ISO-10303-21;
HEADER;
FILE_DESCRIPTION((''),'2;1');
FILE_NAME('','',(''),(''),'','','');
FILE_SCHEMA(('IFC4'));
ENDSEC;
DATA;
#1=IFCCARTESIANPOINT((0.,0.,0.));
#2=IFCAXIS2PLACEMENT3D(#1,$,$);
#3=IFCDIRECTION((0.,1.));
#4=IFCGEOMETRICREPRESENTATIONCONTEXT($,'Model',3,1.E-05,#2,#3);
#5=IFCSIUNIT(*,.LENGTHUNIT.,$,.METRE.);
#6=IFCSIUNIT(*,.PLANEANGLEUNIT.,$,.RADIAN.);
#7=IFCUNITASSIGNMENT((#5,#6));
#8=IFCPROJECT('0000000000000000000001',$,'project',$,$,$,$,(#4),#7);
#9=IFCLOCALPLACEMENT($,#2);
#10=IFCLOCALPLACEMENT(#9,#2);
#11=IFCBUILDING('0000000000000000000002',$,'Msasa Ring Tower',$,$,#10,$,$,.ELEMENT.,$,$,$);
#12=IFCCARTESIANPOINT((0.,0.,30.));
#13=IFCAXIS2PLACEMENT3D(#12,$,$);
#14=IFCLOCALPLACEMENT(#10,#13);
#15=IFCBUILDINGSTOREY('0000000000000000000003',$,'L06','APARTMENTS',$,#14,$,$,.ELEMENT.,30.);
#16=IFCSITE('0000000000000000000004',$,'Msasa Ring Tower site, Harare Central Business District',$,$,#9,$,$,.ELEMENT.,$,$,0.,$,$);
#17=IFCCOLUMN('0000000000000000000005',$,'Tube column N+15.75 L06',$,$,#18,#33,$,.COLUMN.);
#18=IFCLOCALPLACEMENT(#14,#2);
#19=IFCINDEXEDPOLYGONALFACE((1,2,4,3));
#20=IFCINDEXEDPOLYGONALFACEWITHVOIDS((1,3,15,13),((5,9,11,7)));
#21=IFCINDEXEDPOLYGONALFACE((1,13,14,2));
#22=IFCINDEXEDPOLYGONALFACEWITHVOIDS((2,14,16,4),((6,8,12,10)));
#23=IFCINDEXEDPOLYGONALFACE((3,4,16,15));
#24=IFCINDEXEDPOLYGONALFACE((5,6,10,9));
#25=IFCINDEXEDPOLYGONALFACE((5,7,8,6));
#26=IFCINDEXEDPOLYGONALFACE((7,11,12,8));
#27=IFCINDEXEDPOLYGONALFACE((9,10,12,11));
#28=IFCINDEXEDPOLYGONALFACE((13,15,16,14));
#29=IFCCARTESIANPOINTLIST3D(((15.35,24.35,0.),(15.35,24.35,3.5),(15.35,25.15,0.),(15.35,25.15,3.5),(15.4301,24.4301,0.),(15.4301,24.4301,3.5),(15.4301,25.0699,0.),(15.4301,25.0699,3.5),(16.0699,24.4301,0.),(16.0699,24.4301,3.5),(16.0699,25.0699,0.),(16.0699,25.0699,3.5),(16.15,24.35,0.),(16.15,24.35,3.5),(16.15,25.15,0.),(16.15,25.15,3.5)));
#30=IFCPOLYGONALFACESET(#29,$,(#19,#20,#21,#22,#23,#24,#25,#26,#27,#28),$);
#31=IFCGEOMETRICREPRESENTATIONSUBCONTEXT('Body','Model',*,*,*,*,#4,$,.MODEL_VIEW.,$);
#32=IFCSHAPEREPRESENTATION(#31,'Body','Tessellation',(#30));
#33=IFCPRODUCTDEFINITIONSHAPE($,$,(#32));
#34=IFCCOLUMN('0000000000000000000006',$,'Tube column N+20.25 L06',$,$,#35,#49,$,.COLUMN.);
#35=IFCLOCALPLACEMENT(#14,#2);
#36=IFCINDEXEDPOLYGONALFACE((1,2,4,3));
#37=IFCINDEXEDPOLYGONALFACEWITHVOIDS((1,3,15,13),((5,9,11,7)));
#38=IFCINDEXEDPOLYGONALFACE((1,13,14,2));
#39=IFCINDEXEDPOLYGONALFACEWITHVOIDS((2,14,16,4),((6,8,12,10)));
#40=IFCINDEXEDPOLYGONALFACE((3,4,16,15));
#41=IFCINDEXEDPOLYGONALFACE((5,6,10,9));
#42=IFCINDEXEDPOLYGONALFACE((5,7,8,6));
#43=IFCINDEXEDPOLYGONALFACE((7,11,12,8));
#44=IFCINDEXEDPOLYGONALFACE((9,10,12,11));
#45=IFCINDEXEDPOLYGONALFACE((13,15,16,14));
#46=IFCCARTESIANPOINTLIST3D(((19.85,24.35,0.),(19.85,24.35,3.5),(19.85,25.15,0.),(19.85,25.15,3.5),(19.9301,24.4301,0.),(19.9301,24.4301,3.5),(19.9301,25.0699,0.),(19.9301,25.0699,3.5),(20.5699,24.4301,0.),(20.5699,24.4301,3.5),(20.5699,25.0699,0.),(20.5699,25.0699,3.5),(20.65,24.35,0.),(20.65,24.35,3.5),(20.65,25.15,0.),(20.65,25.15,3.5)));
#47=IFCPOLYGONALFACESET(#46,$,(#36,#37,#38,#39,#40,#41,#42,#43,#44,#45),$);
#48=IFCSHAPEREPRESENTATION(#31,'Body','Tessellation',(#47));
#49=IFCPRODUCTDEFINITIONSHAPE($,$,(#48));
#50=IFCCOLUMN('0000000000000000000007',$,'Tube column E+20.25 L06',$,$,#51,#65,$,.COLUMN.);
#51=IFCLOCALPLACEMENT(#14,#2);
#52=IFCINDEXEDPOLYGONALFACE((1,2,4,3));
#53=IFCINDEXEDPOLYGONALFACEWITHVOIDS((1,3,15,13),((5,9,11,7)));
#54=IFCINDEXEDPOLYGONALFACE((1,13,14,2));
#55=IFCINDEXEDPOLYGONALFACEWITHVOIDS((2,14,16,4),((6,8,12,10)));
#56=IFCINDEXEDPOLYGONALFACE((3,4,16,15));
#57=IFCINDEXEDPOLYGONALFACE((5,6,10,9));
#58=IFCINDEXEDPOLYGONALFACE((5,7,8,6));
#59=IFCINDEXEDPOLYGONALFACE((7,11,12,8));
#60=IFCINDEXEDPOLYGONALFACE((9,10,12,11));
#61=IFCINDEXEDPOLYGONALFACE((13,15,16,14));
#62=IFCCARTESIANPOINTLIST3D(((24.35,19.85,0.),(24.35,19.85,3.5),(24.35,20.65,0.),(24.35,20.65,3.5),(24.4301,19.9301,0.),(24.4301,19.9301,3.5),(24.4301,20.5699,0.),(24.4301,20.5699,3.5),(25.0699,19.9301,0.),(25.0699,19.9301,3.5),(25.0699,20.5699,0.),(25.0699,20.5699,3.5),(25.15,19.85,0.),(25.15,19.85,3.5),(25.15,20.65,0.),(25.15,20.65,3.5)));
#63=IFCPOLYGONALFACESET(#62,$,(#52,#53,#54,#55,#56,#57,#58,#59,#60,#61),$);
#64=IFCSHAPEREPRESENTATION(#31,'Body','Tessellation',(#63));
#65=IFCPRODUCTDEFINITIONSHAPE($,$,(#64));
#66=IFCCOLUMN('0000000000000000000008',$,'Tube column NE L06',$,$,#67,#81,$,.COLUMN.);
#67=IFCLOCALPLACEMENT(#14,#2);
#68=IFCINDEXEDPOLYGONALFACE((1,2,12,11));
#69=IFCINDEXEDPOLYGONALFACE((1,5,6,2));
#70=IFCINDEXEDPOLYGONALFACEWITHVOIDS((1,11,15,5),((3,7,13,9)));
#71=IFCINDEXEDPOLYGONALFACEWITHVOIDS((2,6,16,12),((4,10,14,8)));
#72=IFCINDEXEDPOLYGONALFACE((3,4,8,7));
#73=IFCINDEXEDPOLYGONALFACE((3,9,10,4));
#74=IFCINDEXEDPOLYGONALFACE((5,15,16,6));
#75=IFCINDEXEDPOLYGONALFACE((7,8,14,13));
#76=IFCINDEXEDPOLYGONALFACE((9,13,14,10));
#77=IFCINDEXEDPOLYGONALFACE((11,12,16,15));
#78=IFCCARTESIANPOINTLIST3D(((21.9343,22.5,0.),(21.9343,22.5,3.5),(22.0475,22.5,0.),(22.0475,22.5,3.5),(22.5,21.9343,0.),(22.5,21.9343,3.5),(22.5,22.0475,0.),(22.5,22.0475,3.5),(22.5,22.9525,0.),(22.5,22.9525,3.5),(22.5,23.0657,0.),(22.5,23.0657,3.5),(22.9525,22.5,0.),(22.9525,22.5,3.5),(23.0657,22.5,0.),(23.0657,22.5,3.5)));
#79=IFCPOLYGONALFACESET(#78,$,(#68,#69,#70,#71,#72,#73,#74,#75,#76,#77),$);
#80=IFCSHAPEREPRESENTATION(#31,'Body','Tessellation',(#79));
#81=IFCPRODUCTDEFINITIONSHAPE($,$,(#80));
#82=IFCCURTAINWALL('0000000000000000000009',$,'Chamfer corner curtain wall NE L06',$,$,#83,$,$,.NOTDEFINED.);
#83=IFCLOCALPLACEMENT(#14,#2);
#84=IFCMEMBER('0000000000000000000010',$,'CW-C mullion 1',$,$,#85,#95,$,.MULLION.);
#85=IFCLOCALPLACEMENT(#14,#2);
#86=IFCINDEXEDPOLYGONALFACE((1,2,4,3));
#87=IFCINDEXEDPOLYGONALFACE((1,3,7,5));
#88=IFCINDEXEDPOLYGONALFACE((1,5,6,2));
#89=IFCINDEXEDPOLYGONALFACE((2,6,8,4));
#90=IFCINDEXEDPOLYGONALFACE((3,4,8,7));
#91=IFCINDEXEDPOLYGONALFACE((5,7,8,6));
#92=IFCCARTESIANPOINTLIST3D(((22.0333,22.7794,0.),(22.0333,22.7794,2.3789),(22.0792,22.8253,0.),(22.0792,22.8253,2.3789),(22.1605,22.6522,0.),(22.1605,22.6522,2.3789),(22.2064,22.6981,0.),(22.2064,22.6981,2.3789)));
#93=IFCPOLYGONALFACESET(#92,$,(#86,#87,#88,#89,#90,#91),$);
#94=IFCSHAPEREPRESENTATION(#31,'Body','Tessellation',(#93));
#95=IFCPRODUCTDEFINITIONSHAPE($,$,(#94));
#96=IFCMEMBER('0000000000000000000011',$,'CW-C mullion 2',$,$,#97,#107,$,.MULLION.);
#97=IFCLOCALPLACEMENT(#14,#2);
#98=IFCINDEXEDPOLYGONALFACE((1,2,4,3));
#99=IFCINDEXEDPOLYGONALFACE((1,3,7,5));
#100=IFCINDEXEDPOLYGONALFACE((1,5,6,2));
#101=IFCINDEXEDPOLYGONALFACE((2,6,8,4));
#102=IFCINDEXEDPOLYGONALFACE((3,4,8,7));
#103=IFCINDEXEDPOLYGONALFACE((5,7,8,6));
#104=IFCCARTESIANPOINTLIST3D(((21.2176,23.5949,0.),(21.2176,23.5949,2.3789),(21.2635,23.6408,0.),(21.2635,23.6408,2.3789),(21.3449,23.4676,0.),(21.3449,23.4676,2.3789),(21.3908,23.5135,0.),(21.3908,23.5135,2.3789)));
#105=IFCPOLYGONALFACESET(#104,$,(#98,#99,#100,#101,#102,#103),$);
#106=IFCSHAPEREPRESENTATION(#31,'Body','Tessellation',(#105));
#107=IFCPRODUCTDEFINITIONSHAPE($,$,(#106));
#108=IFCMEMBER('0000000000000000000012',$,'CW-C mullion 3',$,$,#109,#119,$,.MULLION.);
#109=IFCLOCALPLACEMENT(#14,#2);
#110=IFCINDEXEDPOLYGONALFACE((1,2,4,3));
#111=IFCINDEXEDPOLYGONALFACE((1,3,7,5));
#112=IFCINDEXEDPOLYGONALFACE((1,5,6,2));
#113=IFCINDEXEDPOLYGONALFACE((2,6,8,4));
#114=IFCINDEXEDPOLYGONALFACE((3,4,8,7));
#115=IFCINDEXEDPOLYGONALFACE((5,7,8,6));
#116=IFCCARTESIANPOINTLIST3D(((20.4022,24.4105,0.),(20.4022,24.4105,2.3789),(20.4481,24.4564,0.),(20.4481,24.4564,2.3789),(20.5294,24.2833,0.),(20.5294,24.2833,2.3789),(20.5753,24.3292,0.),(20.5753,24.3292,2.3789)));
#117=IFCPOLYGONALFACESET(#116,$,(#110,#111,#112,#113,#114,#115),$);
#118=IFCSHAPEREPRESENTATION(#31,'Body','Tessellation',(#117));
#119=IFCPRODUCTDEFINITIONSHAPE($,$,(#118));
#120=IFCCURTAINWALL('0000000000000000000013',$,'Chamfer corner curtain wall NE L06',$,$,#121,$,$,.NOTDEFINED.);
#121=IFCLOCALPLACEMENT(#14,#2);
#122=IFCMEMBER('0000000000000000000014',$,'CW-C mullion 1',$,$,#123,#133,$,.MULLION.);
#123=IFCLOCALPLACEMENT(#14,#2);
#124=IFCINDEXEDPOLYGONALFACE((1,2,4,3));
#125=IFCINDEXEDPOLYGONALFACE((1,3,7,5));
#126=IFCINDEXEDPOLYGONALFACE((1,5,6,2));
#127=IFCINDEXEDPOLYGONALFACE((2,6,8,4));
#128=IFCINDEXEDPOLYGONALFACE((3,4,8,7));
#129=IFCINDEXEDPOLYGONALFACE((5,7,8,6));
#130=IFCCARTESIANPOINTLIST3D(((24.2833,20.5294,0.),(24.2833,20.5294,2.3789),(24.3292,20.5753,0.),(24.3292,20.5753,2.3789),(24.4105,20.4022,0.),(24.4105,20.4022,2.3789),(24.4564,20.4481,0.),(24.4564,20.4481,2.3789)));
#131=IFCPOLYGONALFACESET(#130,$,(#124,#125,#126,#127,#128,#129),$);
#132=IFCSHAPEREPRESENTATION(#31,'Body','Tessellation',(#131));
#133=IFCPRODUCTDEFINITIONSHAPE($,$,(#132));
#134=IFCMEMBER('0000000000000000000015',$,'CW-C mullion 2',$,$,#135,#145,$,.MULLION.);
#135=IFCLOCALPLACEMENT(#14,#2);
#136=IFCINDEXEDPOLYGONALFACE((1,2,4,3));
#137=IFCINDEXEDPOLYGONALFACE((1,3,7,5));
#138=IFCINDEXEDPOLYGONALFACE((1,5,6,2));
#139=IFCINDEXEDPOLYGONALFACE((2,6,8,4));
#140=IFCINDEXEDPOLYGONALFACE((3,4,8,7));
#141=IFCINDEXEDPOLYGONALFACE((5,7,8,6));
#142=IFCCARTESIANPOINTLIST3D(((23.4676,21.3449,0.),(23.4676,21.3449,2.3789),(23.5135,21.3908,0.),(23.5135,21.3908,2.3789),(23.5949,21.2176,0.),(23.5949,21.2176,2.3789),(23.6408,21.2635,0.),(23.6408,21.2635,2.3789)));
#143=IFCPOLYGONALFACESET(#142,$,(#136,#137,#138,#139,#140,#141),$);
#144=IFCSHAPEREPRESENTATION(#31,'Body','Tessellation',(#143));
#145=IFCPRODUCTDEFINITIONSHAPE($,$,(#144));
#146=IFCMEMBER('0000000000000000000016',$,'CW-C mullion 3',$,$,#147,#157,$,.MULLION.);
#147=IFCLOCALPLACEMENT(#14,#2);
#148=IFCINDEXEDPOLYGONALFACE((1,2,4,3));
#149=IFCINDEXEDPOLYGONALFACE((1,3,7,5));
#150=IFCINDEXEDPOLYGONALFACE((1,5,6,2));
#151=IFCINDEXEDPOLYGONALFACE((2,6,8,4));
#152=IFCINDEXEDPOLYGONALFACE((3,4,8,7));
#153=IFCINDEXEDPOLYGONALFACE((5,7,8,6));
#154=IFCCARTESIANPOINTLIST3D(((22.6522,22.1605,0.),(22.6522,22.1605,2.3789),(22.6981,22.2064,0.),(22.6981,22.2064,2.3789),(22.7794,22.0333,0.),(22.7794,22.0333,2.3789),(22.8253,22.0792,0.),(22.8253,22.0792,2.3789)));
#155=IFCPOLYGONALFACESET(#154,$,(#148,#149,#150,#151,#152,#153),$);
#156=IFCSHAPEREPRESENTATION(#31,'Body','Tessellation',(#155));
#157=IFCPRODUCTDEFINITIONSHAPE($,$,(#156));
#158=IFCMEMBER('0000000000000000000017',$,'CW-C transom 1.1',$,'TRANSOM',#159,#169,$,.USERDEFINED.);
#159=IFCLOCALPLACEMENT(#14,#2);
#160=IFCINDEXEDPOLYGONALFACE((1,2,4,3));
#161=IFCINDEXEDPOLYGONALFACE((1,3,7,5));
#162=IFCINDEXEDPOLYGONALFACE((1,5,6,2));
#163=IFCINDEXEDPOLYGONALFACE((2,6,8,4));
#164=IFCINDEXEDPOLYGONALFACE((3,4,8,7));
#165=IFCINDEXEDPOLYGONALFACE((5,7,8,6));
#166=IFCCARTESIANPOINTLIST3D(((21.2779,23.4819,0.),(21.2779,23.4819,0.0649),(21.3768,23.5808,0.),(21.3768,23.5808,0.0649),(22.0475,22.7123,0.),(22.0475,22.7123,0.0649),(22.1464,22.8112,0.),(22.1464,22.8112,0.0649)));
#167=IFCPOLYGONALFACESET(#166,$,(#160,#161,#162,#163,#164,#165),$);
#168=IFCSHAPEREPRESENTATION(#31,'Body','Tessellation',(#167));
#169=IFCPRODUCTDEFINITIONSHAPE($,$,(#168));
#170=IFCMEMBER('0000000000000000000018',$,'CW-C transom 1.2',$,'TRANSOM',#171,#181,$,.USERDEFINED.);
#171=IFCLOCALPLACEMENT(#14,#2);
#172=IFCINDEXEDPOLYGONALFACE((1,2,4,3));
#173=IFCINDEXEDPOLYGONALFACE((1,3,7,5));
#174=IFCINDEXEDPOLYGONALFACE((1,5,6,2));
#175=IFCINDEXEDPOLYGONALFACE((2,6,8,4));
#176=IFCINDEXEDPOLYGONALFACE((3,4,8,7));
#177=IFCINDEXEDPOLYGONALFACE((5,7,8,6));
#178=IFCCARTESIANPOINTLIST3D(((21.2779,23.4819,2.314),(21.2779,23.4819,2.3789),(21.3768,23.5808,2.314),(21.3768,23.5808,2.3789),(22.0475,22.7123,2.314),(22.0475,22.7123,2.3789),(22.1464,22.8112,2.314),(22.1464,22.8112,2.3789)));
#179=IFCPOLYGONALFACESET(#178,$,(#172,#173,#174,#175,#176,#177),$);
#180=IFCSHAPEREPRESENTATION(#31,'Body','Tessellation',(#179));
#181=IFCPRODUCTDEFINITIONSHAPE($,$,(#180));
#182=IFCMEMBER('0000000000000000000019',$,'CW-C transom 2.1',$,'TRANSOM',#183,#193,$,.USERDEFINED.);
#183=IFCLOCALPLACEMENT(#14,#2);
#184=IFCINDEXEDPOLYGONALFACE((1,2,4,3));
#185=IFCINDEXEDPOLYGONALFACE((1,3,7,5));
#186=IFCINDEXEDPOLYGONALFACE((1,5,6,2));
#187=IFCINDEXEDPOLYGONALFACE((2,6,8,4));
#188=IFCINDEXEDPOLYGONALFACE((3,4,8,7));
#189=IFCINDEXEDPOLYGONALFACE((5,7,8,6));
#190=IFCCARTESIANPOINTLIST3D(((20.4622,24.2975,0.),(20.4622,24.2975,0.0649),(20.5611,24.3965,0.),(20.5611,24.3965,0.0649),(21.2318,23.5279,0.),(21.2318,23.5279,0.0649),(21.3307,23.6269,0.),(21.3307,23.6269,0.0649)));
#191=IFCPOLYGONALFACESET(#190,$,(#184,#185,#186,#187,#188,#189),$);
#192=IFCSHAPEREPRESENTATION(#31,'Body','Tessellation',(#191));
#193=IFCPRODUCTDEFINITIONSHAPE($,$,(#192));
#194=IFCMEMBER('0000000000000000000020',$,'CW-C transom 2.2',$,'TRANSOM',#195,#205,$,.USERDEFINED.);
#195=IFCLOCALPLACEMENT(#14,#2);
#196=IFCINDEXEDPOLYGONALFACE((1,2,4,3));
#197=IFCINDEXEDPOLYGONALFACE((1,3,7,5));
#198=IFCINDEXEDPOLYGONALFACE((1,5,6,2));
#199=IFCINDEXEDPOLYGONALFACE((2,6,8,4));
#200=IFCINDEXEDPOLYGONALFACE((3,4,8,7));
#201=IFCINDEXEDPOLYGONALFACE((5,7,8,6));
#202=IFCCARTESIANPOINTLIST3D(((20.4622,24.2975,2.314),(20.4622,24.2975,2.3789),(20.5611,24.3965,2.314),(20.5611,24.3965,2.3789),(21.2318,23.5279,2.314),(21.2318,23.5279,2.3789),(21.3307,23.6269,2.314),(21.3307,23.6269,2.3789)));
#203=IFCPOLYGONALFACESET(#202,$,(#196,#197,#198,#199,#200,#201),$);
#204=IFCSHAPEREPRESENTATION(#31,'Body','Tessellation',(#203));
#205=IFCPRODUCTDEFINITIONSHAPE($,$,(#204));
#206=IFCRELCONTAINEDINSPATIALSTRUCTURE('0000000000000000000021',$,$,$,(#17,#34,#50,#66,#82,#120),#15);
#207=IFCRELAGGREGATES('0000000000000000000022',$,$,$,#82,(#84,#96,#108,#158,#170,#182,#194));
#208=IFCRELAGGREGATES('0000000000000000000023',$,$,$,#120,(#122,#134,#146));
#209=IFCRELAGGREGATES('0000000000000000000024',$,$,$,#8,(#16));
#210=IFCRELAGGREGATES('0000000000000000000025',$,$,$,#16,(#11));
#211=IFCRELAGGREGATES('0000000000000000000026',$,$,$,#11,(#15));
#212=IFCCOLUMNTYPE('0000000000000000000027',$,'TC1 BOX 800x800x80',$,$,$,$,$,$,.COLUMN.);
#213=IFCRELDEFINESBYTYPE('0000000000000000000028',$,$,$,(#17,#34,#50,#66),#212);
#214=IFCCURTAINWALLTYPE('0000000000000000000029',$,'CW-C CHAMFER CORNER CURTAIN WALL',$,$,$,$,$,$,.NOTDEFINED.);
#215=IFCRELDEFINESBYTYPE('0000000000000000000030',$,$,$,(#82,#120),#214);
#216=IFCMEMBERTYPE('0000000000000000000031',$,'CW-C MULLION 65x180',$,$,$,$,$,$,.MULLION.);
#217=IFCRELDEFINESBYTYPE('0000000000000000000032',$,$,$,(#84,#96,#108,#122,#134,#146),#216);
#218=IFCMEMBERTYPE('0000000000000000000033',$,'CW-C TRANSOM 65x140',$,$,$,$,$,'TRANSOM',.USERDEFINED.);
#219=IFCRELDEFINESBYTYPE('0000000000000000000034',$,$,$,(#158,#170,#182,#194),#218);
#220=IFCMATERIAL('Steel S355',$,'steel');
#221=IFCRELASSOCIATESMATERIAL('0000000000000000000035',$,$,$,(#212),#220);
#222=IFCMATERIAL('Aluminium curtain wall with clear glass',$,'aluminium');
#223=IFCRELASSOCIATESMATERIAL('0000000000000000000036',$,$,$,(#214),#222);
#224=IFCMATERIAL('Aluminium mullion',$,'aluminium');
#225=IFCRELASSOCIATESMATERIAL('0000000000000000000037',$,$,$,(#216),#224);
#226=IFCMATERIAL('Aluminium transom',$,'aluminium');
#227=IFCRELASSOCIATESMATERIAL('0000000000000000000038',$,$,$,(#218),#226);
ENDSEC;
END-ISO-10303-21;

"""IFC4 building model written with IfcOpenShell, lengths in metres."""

from ifc_helpers import new_model, si_unit, direction, frame, origin, origin_2d, place, context, subcontext, project, spatial, rectangle, hollow_rectangle, extrude, material, material_profile, profile_set, type_object, element, aggregate, save


model = new_model("IFC4")

# Units and contexts
model_context = context("Model", 3, precision=1e-05, world=origin(), true_north=direction((0.0, 1.0)))
body_context = subcontext(model_context, "Body", "Model", "MODEL_VIEW")
ifc_project = project(units=[si_unit("LENGTHUNIT", "METRE"), si_unit("PLANEANGLEUNIT", "RADIAN")], contexts=[model_context])

# Site, building, storey
site_placement = place(None, origin())
site = spatial("IfcSite", under=ifc_project, at=site_placement, Name="Msasa Ring Tower site, Harare Central Business District", CompositionType="ELEMENT", RefElevation=0.0)
building_placement = place(site_placement, origin())
building = spatial("IfcBuilding", under=site, at=building_placement, Name="Msasa Ring Tower", CompositionType="ELEMENT")
storey_placement = place(building_placement, frame((0.0, 0.0, 30.0)))
storey = spatial("IfcBuildingStorey", under=building, at=storey_placement, Name="L06", Description="APARTMENTS", CompositionType="ELEMENT", Elevation=30.0)

# Columns
ifc_material_1 = material(Name="Steel S355", Category="steel")
ifc_material_profile_1 = material_profile(ifc_material_1, hollow_rectangle(XDim=0.8, YDim=0.8, WallThickness=0.0801, at=origin_2d()), Name="BOX 800x800x80")
ifc_profile_set_1 = profile_set([ifc_material_profile_1], Name="Steel S355")
column_type = type_object("IfcColumnType", Name="TC1 BOX 800x800x80", PredefinedType="COLUMN", material=ifc_profile_set_1)
for number, where, z_axis, x_axis, name in (
    (1, (15.75, 24.75, 0.0), (0.0, 0.0, 1.0), (0.0, 1.0, 0.0), "Tube column N+15.75 L06"),
    (2, (20.25, 24.75, 0.0), (0.0, 0.0, 1.0), (0.0, 1.0, 0.0), "Tube column N+20.25 L06"),
    (3, (24.75, 20.25, 0.0), (0.0, 0.0, 1.0), (1.0, 0.0, 0.0), "Tube column E+20.25 L06"),
    (4, (22.5, 22.5, 0.0), (0.0, 0.0, 1.0), (0.707107, 0.707107, 0.0), "Tube column NE L06"),
):
    element("IfcColumn", number, at=place(storey_placement, frame(where, z_axis=z_axis, x_axis=x_axis)), inside=storey, type_object=column_type, Name=name, PredefinedType="COLUMN", context=body_context, shape_type="SweptSolid", body=[
        extrude(hollow_rectangle(XDim=0.8, YDim=0.8, WallThickness=0.0801, at=origin_2d()), origin(), (0.0, 0.0, 1.0), 3.5),
    ])

# Curtain walls, members
ifc_material_2 = material(Name="Aluminium curtain wall with clear glass", Category="aluminium")
curtain_wall_type = type_object("IfcCurtainWallType", Name="CW-C CHAMFER CORNER CURTAIN WALL", PredefinedType="NOTDEFINED", material=ifc_material_2)
curtain_wall_1_placement = place(storey_placement, origin())
curtain_wall_1 = element("IfcCurtainWall", 5, at=curtain_wall_1_placement, inside=storey, type_object=curtain_wall_type, Name="Chamfer corner curtain wall NE L06", PredefinedType="NOTDEFINED")
ifc_material_3 = material(Name="Aluminium mullion", Category="aluminium")
ifc_material_profile_2 = material_profile(ifc_material_3, rectangle(XDim=0.0649, YDim=0.1799, at=origin_2d()), Name="AL 65x180")
ifc_profile_set_2 = profile_set([ifc_material_profile_2], Name="Aluminium mullion")
member_type_1 = type_object("IfcMemberType", Name="CW-C MULLION 65x180", PredefinedType="MULLION", material=ifc_profile_set_2)
member_1_placement = place(storey_placement, frame((22.1199, 22.7388, 0.0), z_axis=(0.0, 0.0, 1.0), x_axis=(-0.707107, -0.707107, 0.0)))
member_1 = element("IfcMember", 6, at=member_1_placement, type_object=member_type_1, Name="CW-C mullion 1", PredefinedType="MULLION", context=body_context, shape_type="SweptSolid", body=[
    extrude(rectangle(XDim=0.0649, YDim=0.1799, at=origin_2d()), origin(), (0.0, 0.0, 1.0), 2.3789),
])
member_2_placement = place(storey_placement, frame((21.3042, 23.5542, 0.0), z_axis=(0.0, 0.0, 1.0), x_axis=(-0.707107, -0.707107, 0.0)))
member_2 = element("IfcMember", 7, at=member_2_placement, type_object=member_type_1, Name="CW-C mullion 2", PredefinedType="MULLION", context=body_context, shape_type="SweptSolid", body=[
    extrude(rectangle(XDim=0.0649, YDim=0.1799, at=origin_2d()), origin(), (0.0, 0.0, 1.0), 2.3789),
])
member_3_placement = place(storey_placement, frame((20.4888, 24.3699, 0.0), z_axis=(0.0, 0.0, 1.0), x_axis=(-0.707107, -0.707107, 0.0)))
member_3 = element("IfcMember", 8, at=member_3_placement, type_object=member_type_1, Name="CW-C mullion 3", PredefinedType="MULLION", context=body_context, shape_type="SweptSolid", body=[
    extrude(rectangle(XDim=0.0649, YDim=0.1799, at=origin_2d()), origin(), (0.0, 0.0, 1.0), 2.3789),
])
curtain_wall_2_placement = place(storey_placement, origin())
curtain_wall_2 = element("IfcCurtainWall", 9, at=curtain_wall_2_placement, inside=storey, type_object=curtain_wall_type, Name="Chamfer corner curtain wall NE L06", PredefinedType="NOTDEFINED")
member_4_placement = place(storey_placement, frame((24.3699, 20.4888, 0.0), z_axis=(0.0, 0.0, 1.0), x_axis=(-0.707107, -0.707107, 0.0)))
member_4 = element("IfcMember", 10, at=member_4_placement, type_object=member_type_1, Name="CW-C mullion 1", PredefinedType="MULLION", context=body_context, shape_type="SweptSolid", body=[
    extrude(rectangle(XDim=0.0649, YDim=0.1799, at=origin_2d()), origin(), (0.0, 0.0, 1.0), 2.3789),
])
member_5_placement = place(storey_placement, frame((23.5542, 21.3042, 0.0), z_axis=(0.0, 0.0, 1.0), x_axis=(-0.707107, -0.707107, 0.0)))
member_5 = element("IfcMember", 11, at=member_5_placement, type_object=member_type_1, Name="CW-C mullion 2", PredefinedType="MULLION", context=body_context, shape_type="SweptSolid", body=[
    extrude(rectangle(XDim=0.0649, YDim=0.1799, at=origin_2d()), origin(), (0.0, 0.0, 1.0), 2.3789),
])
member_6_placement = place(storey_placement, frame((22.7388, 22.1199, 0.0), z_axis=(0.0, 0.0, 1.0), x_axis=(-0.707107, -0.707107, 0.0)))
member_6 = element("IfcMember", 12, at=member_6_placement, type_object=member_type_1, Name="CW-C mullion 3", PredefinedType="MULLION", context=body_context, shape_type="SweptSolid", body=[
    extrude(rectangle(XDim=0.0649, YDim=0.1799, at=origin_2d()), origin(), (0.0, 0.0, 1.0), 2.3789),
])

# Members
ifc_material_4 = material(Name="Aluminium transom", Category="aluminium")
ifc_material_profile_3 = material_profile(ifc_material_4, rectangle(XDim=0.1399, YDim=0.0649, at=origin_2d()), Name="AL 65x140")
ifc_profile_set_3 = profile_set([ifc_material_profile_3], Name="Aluminium transom")
member_type_2 = type_object("IfcMemberType", Name="CW-C TRANSOM 65x140", ElementType="TRANSOM", PredefinedType="USERDEFINED", material=ifc_profile_set_3)
member_7_placement = place(storey_placement, frame((22.0969, 22.7617, 0.0325), z_axis=(-0.707107, 0.707107, 0.0), x_axis=(-0.707107, -0.707107, 0.0)))
member_7 = element("IfcMember", 13, at=member_7_placement, type_object=member_type_2, Name="CW-C transom 1.1", ObjectType="TRANSOM", PredefinedType="USERDEFINED", context=body_context, shape_type="SweptSolid", body=[
    extrude(rectangle(XDim=0.1399, YDim=0.0649, at=origin_2d()), origin(), (0.0, 0.0, 1.0), 1.0884),
])
member_8_placement = place(storey_placement, frame((22.0969, 22.7617, 2.3464), z_axis=(-0.707107, 0.707107, 0.0), x_axis=(-0.707107, -0.707107, 0.0)))
member_8 = element("IfcMember", 14, at=member_8_placement, type_object=member_type_2, Name="CW-C transom 1.2", ObjectType="TRANSOM", PredefinedType="USERDEFINED", context=body_context, shape_type="SweptSolid", body=[
    extrude(rectangle(XDim=0.1399, YDim=0.0649, at=origin_2d()), origin(), (0.0, 0.0, 1.0), 1.0884),
])
member_9_placement = place(storey_placement, frame((21.2812, 23.5774, 0.0325), z_axis=(-0.707107, 0.707107, 0.0), x_axis=(-0.707107, -0.707107, 0.0)))
member_9 = element("IfcMember", 15, at=member_9_placement, type_object=member_type_2, Name="CW-C transom 2.1", ObjectType="TRANSOM", PredefinedType="USERDEFINED", context=body_context, shape_type="SweptSolid", body=[
    extrude(rectangle(XDim=0.1399, YDim=0.0649, at=origin_2d()), origin(), (0.0, 0.0, 1.0), 1.0884),
])
member_10_placement = place(storey_placement, frame((21.2812, 23.5774, 2.3464), z_axis=(-0.707107, 0.707107, 0.0), x_axis=(-0.707107, -0.707107, 0.0)))
member_10 = element("IfcMember", 16, at=member_10_placement, type_object=member_type_2, Name="CW-C transom 2.2", ObjectType="TRANSOM", PredefinedType="USERDEFINED", context=body_context, shape_type="SweptSolid", body=[
    extrude(rectangle(XDim=0.1399, YDim=0.0649, at=origin_2d()), origin(), (0.0, 0.0, 1.0), 1.0884),
])

aggregate(curtain_wall_1, [member_1, member_2, member_3, member_7, member_8, member_9, member_10])
aggregate(curtain_wall_2, [member_4, member_5, member_6])

save(model, "model.ifc")
